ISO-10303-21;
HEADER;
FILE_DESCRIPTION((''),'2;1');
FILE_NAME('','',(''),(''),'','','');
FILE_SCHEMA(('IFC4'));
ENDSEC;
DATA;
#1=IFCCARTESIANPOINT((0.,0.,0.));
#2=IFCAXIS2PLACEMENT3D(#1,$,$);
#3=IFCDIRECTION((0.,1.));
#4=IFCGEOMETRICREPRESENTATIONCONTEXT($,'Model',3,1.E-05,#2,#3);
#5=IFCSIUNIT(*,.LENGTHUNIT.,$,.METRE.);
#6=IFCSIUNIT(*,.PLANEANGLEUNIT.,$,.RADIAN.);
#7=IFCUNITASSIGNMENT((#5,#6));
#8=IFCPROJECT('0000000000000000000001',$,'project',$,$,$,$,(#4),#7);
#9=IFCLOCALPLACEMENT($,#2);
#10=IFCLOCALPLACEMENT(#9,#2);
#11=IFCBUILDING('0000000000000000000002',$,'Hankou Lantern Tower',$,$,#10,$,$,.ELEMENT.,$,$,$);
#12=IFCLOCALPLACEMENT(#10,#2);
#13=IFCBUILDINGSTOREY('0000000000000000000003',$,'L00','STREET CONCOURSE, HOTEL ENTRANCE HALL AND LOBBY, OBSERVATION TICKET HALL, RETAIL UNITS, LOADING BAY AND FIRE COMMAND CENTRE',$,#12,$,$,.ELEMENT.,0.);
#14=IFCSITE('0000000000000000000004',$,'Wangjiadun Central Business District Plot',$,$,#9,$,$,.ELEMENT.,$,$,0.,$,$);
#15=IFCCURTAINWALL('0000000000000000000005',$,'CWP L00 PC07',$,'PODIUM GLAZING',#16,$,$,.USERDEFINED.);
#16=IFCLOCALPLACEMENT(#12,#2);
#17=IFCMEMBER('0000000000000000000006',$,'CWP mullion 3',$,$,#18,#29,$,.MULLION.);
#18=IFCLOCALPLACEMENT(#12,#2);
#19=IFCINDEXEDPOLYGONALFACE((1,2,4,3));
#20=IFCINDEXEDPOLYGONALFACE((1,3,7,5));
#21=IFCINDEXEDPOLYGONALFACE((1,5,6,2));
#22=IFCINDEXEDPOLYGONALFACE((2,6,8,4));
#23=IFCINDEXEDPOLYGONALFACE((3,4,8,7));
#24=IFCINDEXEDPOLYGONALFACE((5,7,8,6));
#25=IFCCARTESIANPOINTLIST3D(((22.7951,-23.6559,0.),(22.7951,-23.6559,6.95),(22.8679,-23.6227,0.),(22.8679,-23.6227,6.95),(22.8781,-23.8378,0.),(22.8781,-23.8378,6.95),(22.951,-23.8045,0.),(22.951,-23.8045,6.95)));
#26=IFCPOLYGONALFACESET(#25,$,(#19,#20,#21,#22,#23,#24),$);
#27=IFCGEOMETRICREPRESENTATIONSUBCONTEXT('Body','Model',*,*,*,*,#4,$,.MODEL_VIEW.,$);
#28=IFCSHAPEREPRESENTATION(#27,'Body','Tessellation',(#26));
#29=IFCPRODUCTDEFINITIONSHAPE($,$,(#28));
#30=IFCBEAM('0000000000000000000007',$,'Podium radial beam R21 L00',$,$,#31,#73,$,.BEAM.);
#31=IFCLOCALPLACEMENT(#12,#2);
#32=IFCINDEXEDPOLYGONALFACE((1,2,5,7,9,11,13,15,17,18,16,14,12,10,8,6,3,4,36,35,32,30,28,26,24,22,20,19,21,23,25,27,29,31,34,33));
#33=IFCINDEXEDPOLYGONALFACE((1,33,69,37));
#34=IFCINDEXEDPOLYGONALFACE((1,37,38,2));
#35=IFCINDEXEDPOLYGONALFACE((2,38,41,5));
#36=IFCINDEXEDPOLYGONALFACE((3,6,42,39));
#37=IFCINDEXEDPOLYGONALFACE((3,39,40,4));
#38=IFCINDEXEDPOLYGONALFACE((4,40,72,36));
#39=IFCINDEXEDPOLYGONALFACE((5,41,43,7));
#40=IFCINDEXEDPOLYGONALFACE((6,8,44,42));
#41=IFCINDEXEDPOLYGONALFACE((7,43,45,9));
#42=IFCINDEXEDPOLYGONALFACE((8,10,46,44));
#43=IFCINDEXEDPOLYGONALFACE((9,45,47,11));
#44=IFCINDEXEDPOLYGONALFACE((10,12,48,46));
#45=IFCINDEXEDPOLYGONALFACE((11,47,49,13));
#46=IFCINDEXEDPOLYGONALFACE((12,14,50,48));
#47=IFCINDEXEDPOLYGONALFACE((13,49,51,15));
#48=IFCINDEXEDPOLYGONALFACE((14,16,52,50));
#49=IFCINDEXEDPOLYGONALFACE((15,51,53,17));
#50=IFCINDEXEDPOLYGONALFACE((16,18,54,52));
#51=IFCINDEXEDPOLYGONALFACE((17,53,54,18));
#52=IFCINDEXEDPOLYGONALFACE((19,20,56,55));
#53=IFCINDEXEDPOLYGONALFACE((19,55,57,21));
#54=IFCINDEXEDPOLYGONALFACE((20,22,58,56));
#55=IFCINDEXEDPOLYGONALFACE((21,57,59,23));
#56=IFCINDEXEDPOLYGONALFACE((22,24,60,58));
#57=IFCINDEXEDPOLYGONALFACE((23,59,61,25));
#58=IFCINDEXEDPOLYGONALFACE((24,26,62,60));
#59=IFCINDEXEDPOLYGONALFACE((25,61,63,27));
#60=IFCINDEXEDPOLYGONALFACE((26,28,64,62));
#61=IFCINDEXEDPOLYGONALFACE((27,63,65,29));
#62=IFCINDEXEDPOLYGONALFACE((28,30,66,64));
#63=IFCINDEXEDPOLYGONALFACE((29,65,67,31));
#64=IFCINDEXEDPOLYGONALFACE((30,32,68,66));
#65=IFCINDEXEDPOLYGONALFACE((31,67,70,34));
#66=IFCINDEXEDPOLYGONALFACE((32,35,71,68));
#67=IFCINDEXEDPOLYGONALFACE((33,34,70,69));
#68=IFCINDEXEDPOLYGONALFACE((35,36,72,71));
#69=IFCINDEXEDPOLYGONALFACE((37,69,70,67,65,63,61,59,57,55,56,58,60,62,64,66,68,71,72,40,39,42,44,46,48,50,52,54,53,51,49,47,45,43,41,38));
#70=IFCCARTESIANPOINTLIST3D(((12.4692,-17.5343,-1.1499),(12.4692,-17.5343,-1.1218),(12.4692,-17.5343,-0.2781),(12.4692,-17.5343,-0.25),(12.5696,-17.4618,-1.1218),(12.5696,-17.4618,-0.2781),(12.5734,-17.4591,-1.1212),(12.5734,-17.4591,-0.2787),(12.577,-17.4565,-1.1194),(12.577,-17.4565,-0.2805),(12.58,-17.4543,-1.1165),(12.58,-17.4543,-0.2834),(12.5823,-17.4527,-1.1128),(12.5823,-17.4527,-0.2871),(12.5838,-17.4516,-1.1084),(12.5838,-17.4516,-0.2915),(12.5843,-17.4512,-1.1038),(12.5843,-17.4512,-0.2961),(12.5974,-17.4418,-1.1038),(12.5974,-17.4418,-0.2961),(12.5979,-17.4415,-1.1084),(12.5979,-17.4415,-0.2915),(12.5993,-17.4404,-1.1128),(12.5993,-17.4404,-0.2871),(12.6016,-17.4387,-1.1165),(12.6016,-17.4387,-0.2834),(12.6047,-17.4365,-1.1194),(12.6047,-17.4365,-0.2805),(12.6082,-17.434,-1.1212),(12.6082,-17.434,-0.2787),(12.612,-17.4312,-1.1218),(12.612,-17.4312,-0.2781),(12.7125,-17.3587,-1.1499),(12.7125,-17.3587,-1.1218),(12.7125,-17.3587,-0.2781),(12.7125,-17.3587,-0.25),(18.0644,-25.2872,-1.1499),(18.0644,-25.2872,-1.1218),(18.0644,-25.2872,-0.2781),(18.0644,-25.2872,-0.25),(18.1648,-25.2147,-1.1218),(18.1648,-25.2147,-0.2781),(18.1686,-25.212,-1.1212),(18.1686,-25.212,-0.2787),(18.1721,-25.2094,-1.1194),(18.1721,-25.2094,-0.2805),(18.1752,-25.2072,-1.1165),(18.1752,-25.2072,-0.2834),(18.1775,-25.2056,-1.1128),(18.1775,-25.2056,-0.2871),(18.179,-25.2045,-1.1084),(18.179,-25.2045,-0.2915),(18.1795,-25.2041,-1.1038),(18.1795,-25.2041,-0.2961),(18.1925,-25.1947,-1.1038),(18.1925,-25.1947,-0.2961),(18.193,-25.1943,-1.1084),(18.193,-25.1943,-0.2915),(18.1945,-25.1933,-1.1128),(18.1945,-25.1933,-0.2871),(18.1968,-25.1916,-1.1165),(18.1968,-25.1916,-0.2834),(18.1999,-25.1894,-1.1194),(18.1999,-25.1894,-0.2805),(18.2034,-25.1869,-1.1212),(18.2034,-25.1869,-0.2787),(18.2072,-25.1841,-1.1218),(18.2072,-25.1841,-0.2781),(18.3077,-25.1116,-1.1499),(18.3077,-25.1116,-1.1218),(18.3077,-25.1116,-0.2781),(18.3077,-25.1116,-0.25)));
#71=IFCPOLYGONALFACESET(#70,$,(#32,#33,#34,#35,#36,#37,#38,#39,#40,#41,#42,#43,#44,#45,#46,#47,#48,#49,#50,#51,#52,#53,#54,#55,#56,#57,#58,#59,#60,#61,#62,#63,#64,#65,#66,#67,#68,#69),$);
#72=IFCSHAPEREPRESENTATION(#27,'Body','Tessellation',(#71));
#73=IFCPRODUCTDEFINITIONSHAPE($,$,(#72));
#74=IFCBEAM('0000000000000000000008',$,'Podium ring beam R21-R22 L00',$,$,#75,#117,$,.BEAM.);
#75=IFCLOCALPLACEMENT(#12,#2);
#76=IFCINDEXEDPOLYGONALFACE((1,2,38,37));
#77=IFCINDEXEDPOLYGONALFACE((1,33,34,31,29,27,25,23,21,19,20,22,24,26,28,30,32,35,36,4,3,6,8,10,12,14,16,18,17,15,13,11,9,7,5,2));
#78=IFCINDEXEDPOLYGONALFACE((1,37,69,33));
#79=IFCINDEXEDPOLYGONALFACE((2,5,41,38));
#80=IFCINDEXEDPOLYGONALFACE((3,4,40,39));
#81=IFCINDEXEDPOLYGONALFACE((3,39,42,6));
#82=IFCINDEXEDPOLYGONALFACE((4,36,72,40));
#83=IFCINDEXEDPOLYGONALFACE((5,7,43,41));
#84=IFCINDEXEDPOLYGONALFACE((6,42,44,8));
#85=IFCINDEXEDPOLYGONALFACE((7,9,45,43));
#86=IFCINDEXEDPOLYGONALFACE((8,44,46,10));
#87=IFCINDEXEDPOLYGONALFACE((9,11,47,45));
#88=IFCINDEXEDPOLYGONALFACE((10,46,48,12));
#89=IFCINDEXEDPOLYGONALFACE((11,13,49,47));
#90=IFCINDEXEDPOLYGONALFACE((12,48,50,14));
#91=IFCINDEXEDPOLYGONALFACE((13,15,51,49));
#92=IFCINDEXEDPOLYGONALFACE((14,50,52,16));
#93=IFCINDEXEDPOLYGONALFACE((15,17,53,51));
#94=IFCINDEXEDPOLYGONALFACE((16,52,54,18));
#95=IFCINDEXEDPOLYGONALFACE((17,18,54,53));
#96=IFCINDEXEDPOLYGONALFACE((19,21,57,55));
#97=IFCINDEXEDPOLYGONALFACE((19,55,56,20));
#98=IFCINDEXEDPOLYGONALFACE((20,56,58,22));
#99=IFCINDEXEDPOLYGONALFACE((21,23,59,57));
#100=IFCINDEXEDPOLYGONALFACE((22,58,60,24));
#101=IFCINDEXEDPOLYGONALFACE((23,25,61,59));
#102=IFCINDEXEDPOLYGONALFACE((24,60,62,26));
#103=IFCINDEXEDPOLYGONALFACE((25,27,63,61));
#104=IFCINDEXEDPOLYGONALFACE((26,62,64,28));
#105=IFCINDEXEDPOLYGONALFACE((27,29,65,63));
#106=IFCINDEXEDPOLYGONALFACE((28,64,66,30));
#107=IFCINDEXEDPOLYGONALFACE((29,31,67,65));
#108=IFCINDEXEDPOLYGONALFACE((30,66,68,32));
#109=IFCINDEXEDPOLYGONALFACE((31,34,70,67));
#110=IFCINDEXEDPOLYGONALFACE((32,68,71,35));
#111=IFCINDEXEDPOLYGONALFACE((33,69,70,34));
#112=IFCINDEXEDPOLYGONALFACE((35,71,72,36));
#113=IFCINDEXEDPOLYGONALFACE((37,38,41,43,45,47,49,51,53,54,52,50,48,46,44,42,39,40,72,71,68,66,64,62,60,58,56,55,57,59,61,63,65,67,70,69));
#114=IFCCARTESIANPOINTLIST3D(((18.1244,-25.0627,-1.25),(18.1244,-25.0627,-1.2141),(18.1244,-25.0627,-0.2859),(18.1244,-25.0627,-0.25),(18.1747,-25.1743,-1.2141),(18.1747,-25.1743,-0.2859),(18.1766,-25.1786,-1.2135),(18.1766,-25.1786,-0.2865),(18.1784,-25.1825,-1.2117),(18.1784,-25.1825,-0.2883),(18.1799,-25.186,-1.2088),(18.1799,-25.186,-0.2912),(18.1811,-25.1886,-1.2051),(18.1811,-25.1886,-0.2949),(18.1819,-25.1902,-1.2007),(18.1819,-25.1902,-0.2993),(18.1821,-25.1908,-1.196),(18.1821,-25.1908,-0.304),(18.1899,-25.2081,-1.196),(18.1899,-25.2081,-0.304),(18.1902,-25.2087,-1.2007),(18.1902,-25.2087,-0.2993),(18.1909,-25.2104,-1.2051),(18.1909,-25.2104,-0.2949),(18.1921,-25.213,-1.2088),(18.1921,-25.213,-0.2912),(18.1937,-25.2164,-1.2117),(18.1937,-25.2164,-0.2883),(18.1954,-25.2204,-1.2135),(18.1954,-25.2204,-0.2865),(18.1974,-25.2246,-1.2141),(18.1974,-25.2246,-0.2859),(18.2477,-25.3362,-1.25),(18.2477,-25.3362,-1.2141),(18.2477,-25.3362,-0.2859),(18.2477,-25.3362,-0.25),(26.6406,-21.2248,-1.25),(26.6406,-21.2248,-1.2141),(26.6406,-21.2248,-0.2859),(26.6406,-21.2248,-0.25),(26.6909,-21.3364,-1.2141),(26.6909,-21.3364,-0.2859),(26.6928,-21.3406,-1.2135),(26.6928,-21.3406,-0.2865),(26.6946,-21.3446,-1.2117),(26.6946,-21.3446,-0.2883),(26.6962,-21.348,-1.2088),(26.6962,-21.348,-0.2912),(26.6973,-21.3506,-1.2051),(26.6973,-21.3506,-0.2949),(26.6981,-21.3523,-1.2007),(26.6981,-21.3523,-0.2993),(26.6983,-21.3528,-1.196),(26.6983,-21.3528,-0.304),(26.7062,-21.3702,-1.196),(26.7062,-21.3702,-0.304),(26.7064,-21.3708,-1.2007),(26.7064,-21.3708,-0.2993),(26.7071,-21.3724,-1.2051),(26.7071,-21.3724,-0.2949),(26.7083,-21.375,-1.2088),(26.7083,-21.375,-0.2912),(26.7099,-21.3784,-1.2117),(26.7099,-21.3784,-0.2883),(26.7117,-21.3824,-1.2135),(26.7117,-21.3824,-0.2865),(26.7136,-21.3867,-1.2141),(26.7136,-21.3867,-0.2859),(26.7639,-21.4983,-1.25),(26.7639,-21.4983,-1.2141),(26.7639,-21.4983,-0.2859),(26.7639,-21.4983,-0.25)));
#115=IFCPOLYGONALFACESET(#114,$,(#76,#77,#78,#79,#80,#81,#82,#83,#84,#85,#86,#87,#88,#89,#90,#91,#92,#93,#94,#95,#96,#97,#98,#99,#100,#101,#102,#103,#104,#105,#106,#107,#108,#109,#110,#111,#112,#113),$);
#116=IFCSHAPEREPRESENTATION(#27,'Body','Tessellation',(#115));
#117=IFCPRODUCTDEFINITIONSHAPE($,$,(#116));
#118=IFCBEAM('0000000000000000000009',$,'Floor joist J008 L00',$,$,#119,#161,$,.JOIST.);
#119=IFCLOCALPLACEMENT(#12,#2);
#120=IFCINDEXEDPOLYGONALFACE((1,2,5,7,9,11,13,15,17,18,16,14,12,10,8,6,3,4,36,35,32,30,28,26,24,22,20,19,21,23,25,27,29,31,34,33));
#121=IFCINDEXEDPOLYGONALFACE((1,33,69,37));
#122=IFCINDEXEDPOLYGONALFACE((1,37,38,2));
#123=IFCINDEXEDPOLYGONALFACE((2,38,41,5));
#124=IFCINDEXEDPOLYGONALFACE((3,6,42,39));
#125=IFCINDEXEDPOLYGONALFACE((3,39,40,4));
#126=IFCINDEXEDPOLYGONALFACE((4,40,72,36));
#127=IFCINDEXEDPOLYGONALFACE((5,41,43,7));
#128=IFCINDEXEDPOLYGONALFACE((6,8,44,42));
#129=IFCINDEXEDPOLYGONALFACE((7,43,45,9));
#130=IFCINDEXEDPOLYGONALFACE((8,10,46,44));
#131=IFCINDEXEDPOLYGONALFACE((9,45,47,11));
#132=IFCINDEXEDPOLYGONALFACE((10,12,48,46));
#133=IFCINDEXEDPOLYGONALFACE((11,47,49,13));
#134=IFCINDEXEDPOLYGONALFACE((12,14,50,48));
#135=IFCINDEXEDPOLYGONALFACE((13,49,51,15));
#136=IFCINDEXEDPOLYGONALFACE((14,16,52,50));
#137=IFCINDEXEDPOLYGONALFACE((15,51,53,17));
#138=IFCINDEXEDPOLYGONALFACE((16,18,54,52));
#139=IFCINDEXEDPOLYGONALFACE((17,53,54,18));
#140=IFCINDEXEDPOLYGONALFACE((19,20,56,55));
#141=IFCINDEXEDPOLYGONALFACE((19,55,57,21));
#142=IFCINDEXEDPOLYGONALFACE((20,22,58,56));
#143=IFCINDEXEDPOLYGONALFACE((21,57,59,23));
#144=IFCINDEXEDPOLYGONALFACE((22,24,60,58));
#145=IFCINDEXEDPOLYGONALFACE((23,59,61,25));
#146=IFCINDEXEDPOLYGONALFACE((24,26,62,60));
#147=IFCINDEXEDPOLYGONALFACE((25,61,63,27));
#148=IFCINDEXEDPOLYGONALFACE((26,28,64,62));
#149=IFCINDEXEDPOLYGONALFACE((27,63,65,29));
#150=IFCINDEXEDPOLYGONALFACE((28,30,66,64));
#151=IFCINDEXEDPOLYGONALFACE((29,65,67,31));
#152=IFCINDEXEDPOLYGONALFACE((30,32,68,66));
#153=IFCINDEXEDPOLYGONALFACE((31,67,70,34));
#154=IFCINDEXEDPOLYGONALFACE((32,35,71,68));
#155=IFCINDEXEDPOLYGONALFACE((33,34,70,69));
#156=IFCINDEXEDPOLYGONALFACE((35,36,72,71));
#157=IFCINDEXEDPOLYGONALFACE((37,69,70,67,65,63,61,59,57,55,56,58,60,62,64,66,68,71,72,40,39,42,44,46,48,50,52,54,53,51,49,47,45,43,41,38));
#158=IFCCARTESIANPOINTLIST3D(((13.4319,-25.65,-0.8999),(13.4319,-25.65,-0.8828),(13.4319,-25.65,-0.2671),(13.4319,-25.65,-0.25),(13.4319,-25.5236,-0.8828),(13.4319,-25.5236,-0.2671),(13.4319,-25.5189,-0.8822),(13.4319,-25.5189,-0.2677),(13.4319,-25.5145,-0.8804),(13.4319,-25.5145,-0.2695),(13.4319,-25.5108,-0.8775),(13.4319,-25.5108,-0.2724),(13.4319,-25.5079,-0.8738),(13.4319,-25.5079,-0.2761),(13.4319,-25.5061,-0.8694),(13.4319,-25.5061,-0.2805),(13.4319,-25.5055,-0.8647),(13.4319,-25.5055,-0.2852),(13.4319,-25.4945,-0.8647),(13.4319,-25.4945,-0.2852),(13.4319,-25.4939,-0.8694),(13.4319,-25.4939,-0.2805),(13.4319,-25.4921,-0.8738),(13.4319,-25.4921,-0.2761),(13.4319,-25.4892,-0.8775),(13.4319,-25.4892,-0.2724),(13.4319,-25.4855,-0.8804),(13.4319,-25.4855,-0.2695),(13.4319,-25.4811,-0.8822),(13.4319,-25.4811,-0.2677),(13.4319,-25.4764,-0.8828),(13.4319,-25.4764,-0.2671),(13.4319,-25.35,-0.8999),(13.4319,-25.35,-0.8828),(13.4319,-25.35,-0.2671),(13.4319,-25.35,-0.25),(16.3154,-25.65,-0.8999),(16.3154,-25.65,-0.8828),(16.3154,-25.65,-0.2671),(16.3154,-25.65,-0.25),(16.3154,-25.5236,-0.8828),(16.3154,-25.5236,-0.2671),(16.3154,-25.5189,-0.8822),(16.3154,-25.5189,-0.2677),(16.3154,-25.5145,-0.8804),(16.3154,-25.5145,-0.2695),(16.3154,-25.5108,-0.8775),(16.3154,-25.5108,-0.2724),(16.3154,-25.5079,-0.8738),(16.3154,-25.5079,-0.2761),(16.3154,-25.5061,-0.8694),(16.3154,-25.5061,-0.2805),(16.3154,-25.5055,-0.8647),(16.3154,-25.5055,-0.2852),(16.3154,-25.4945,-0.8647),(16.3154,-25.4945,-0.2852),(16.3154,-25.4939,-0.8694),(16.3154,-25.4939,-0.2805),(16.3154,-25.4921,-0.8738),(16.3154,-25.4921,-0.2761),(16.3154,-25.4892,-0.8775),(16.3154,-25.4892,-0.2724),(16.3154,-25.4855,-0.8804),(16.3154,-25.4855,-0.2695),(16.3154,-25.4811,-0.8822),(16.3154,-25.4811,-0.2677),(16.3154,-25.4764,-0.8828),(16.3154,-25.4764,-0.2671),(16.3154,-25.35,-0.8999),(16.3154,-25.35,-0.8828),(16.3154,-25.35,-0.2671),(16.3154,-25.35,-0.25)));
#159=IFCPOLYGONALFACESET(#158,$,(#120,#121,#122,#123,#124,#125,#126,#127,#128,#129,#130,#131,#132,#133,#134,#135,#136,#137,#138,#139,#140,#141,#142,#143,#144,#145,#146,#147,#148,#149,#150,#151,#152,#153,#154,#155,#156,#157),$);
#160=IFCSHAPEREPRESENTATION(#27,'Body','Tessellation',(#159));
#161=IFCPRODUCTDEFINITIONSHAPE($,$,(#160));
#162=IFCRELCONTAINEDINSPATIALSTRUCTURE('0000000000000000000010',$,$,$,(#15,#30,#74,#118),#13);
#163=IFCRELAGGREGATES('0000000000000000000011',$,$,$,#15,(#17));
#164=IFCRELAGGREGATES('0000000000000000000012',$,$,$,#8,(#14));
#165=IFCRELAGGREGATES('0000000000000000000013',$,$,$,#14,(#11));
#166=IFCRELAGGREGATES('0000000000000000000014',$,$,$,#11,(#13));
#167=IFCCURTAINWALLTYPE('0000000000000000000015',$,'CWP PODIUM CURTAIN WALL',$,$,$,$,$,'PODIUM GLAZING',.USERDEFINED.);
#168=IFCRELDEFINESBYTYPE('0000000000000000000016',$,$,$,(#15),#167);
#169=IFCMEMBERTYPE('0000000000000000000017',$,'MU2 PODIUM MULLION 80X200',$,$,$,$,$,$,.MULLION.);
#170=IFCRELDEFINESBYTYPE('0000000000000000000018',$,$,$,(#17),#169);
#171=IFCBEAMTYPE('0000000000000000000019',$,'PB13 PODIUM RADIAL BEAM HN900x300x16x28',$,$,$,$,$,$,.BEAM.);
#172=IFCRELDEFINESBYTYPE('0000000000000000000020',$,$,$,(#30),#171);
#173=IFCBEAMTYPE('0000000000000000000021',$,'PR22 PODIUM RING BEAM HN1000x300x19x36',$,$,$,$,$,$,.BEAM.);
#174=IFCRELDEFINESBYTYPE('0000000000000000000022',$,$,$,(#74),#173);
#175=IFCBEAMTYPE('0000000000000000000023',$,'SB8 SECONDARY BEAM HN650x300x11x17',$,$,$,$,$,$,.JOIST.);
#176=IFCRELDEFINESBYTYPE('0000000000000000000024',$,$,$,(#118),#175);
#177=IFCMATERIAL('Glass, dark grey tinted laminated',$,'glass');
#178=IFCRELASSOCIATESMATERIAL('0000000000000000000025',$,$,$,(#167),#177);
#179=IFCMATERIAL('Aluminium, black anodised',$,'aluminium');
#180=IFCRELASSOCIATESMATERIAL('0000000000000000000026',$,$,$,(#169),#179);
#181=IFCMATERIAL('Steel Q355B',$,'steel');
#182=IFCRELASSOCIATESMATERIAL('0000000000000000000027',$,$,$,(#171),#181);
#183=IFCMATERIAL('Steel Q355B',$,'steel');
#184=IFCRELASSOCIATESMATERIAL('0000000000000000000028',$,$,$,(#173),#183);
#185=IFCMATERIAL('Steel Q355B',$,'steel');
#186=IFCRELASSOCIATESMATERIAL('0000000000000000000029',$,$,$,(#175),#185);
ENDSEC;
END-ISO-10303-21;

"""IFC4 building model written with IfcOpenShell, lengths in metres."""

from ifc_helpers import new_model, si_unit, direction, frame, origin, origin_2d, place, context, subcontext, project, spatial, rectangle, i_section, extrude, material, material_profile, profile_set, type_object, element, aggregate, save


model = new_model("IFC4")

# Units and contexts
model_context = context("Model", 3, precision=1e-05, world=origin(), true_north=direction((0.0, 1.0)))
body_context = subcontext(model_context, "Body", "Model", "MODEL_VIEW")
ifc_project = project(units=[si_unit("LENGTHUNIT", "METRE"), si_unit("PLANEANGLEUNIT", "RADIAN")], contexts=[model_context])

# Site, building, storey
site_placement = place(None, origin())
site = spatial("IfcSite", under=ifc_project, at=site_placement, Name="Wangjiadun Central Business District Plot", CompositionType="ELEMENT", RefElevation=0.0)
building_placement = place(site_placement, origin())
building = spatial("IfcBuilding", under=site, at=building_placement, Name="Hankou Lantern Tower", CompositionType="ELEMENT")
storey_placement = place(building_placement, origin())
storey = spatial("IfcBuildingStorey", under=building, at=storey_placement, Name="L00", Description="STREET CONCOURSE, HOTEL ENTRANCE HALL AND LOBBY, OBSERVATION TICKET HALL, RETAIL UNITS, LOADING BAY AND FIRE COMMAND CENTRE", CompositionType="ELEMENT", Elevation=0.0)

# Curtain wall, member
ifc_material_1 = material(Name="Glass, dark grey tinted laminated", Category="glass")
curtain_wall_type = type_object("IfcCurtainWallType", Name="CWP PODIUM CURTAIN WALL", ElementType="PODIUM GLAZING", PredefinedType="USERDEFINED", material=ifc_material_1)
curtain_wall_placement = place(storey_placement, origin())
curtain_wall = element("IfcCurtainWall", 1, at=curtain_wall_placement, inside=storey, type_object=curtain_wall_type, Name="CWP L00 PC07", ObjectType="PODIUM GLAZING", PredefinedType="USERDEFINED")
ifc_material_2 = material(Name="Aluminium, black anodised", Category="aluminium")
ifc_material_profile_1 = material_profile(ifc_material_2, rectangle(XDim=0.0801, YDim=0.2, at=origin_2d()), Name="MU2 80X200")
ifc_profile_set_1 = profile_set([ifc_material_profile_1], Name="Aluminium, black anodised")
member_type_1 = type_object("IfcMemberType", Name="MU2 PODIUM MULLION 80X200", PredefinedType="MULLION", material=ifc_profile_set_1)
member_1_placement = place(storey_placement, frame((22.873, -23.7302, 0.0), z_axis=(0.0, 0.0, 1.0), x_axis=(0.90967, 0.415332, 0.0)))
member_1 = element("IfcMember", 2, at=member_1_placement, type_object=member_type_1, Name="CWP mullion 3", PredefinedType="MULLION", context=body_context, shape_type="SweptSolid", body=[
    extrude(rectangle(XDim=0.0801, YDim=0.2, at=origin_2d()), origin(), (0.0, 0.0, 1.0), 6.95),
])

# Beams
ifc_material_3 = material(Name="Steel Q355B", Category="steel")
ifc_material_profile_2 = material_profile(ifc_material_3, i_section(OverallWidth=0.3, OverallDepth=0.8999, WebThickness=0.0161, FlangeThickness=0.0281, FilletRadius=0.0181, at=origin_2d()), Name="HN900x300x16x28")
ifc_profile_set_2 = profile_set([ifc_material_profile_2], Name="Steel Q355B")
beam_type_1 = type_object("IfcBeamType", Name="PB13 PODIUM RADIAL BEAM HN900x300x16x28", PredefinedType="BEAM", material=ifc_profile_set_2)
beam_1_placement = place(storey_placement, frame((12.5908, -17.4465, -0.7), z_axis=(0.585207, -0.810884, 0.0), x_axis=(0.810884, 0.585207, 0.0)))
element("IfcBeam", 3, at=beam_1_placement, inside=storey, type_object=beam_type_1, Name="Podium radial beam R21 L00", PredefinedType="BEAM", context=body_context, shape_type="SweptSolid", body=[
    extrude(i_section(OverallWidth=0.3, OverallDepth=0.8999, WebThickness=0.0161, FlangeThickness=0.0281, FilletRadius=0.0181, at=origin_2d()), origin(), (0.0, 0.0, 1.0), 9.561),
])
ifc_material_4 = material(Name="Steel Q355B", Category="steel")
ifc_material_profile_3 = material_profile(ifc_material_4, i_section(OverallWidth=0.3, OverallDepth=1.0, WebThickness=0.019, FlangeThickness=0.0359, FilletRadius=0.0181, at=origin_2d()), Name="HN1000x300x19x36")
ifc_profile_set_3 = profile_set([ifc_material_profile_3], Name="Steel Q355B")
beam_type_2 = type_object("IfcBeamType", Name="PR22 PODIUM RING BEAM HN1000x300x19x36", PredefinedType="BEAM", material=ifc_profile_set_3)
beam_2_placement = place(storey_placement, frame((18.186, -25.1995, -0.75), z_axis=(0.911695, 0.410867, 0.0), x_axis=(-0.410867, 0.911695, 0.0)))
element("IfcBeam", 4, at=beam_2_placement, inside=storey, type_object=beam_type_2, Name="Podium ring beam R21-R22 L00", PredefinedType="BEAM", context=body_context, shape_type="SweptSolid", body=[
    extrude(i_section(OverallWidth=0.3, OverallDepth=1.0, WebThickness=0.019, FlangeThickness=0.0359, FilletRadius=0.0181, at=origin_2d()), origin(), (0.0, 0.0, 1.0), 9.3411),
])
ifc_material_5 = material(Name="Steel Q355B", Category="steel")
ifc_material_profile_4 = material_profile(ifc_material_5, i_section(OverallWidth=0.3, OverallDepth=0.6499, WebThickness=0.011, FlangeThickness=0.0171, FilletRadius=0.0181, at=origin_2d()), Name="HN650x300x11x17")
ifc_profile_set_4 = profile_set([ifc_material_profile_4], Name="Steel Q355B")
beam_type_3 = type_object("IfcBeamType", Name="SB8 SECONDARY BEAM HN650x300x11x17", PredefinedType="JOIST", material=ifc_profile_set_4)
beam_3_placement = place(storey_placement, frame((13.4319, -25.5, -0.575), z_axis=(1.0, 0.0, 0.0), x_axis=(0.0, 1.0, 0.0)))
element("IfcBeam", 5, at=beam_3_placement, inside=storey, type_object=beam_type_3, Name="Floor joist J008 L00", PredefinedType="JOIST", context=body_context, shape_type="SweptSolid", body=[
    extrude(i_section(OverallWidth=0.3, OverallDepth=0.6499, WebThickness=0.011, FlangeThickness=0.0171, FilletRadius=0.0181, at=origin_2d()), origin(), (0.0, 0.0, 1.0), 2.8835),
])

aggregate(curtain_wall, [member_1])

save(model, "model.ifc")
